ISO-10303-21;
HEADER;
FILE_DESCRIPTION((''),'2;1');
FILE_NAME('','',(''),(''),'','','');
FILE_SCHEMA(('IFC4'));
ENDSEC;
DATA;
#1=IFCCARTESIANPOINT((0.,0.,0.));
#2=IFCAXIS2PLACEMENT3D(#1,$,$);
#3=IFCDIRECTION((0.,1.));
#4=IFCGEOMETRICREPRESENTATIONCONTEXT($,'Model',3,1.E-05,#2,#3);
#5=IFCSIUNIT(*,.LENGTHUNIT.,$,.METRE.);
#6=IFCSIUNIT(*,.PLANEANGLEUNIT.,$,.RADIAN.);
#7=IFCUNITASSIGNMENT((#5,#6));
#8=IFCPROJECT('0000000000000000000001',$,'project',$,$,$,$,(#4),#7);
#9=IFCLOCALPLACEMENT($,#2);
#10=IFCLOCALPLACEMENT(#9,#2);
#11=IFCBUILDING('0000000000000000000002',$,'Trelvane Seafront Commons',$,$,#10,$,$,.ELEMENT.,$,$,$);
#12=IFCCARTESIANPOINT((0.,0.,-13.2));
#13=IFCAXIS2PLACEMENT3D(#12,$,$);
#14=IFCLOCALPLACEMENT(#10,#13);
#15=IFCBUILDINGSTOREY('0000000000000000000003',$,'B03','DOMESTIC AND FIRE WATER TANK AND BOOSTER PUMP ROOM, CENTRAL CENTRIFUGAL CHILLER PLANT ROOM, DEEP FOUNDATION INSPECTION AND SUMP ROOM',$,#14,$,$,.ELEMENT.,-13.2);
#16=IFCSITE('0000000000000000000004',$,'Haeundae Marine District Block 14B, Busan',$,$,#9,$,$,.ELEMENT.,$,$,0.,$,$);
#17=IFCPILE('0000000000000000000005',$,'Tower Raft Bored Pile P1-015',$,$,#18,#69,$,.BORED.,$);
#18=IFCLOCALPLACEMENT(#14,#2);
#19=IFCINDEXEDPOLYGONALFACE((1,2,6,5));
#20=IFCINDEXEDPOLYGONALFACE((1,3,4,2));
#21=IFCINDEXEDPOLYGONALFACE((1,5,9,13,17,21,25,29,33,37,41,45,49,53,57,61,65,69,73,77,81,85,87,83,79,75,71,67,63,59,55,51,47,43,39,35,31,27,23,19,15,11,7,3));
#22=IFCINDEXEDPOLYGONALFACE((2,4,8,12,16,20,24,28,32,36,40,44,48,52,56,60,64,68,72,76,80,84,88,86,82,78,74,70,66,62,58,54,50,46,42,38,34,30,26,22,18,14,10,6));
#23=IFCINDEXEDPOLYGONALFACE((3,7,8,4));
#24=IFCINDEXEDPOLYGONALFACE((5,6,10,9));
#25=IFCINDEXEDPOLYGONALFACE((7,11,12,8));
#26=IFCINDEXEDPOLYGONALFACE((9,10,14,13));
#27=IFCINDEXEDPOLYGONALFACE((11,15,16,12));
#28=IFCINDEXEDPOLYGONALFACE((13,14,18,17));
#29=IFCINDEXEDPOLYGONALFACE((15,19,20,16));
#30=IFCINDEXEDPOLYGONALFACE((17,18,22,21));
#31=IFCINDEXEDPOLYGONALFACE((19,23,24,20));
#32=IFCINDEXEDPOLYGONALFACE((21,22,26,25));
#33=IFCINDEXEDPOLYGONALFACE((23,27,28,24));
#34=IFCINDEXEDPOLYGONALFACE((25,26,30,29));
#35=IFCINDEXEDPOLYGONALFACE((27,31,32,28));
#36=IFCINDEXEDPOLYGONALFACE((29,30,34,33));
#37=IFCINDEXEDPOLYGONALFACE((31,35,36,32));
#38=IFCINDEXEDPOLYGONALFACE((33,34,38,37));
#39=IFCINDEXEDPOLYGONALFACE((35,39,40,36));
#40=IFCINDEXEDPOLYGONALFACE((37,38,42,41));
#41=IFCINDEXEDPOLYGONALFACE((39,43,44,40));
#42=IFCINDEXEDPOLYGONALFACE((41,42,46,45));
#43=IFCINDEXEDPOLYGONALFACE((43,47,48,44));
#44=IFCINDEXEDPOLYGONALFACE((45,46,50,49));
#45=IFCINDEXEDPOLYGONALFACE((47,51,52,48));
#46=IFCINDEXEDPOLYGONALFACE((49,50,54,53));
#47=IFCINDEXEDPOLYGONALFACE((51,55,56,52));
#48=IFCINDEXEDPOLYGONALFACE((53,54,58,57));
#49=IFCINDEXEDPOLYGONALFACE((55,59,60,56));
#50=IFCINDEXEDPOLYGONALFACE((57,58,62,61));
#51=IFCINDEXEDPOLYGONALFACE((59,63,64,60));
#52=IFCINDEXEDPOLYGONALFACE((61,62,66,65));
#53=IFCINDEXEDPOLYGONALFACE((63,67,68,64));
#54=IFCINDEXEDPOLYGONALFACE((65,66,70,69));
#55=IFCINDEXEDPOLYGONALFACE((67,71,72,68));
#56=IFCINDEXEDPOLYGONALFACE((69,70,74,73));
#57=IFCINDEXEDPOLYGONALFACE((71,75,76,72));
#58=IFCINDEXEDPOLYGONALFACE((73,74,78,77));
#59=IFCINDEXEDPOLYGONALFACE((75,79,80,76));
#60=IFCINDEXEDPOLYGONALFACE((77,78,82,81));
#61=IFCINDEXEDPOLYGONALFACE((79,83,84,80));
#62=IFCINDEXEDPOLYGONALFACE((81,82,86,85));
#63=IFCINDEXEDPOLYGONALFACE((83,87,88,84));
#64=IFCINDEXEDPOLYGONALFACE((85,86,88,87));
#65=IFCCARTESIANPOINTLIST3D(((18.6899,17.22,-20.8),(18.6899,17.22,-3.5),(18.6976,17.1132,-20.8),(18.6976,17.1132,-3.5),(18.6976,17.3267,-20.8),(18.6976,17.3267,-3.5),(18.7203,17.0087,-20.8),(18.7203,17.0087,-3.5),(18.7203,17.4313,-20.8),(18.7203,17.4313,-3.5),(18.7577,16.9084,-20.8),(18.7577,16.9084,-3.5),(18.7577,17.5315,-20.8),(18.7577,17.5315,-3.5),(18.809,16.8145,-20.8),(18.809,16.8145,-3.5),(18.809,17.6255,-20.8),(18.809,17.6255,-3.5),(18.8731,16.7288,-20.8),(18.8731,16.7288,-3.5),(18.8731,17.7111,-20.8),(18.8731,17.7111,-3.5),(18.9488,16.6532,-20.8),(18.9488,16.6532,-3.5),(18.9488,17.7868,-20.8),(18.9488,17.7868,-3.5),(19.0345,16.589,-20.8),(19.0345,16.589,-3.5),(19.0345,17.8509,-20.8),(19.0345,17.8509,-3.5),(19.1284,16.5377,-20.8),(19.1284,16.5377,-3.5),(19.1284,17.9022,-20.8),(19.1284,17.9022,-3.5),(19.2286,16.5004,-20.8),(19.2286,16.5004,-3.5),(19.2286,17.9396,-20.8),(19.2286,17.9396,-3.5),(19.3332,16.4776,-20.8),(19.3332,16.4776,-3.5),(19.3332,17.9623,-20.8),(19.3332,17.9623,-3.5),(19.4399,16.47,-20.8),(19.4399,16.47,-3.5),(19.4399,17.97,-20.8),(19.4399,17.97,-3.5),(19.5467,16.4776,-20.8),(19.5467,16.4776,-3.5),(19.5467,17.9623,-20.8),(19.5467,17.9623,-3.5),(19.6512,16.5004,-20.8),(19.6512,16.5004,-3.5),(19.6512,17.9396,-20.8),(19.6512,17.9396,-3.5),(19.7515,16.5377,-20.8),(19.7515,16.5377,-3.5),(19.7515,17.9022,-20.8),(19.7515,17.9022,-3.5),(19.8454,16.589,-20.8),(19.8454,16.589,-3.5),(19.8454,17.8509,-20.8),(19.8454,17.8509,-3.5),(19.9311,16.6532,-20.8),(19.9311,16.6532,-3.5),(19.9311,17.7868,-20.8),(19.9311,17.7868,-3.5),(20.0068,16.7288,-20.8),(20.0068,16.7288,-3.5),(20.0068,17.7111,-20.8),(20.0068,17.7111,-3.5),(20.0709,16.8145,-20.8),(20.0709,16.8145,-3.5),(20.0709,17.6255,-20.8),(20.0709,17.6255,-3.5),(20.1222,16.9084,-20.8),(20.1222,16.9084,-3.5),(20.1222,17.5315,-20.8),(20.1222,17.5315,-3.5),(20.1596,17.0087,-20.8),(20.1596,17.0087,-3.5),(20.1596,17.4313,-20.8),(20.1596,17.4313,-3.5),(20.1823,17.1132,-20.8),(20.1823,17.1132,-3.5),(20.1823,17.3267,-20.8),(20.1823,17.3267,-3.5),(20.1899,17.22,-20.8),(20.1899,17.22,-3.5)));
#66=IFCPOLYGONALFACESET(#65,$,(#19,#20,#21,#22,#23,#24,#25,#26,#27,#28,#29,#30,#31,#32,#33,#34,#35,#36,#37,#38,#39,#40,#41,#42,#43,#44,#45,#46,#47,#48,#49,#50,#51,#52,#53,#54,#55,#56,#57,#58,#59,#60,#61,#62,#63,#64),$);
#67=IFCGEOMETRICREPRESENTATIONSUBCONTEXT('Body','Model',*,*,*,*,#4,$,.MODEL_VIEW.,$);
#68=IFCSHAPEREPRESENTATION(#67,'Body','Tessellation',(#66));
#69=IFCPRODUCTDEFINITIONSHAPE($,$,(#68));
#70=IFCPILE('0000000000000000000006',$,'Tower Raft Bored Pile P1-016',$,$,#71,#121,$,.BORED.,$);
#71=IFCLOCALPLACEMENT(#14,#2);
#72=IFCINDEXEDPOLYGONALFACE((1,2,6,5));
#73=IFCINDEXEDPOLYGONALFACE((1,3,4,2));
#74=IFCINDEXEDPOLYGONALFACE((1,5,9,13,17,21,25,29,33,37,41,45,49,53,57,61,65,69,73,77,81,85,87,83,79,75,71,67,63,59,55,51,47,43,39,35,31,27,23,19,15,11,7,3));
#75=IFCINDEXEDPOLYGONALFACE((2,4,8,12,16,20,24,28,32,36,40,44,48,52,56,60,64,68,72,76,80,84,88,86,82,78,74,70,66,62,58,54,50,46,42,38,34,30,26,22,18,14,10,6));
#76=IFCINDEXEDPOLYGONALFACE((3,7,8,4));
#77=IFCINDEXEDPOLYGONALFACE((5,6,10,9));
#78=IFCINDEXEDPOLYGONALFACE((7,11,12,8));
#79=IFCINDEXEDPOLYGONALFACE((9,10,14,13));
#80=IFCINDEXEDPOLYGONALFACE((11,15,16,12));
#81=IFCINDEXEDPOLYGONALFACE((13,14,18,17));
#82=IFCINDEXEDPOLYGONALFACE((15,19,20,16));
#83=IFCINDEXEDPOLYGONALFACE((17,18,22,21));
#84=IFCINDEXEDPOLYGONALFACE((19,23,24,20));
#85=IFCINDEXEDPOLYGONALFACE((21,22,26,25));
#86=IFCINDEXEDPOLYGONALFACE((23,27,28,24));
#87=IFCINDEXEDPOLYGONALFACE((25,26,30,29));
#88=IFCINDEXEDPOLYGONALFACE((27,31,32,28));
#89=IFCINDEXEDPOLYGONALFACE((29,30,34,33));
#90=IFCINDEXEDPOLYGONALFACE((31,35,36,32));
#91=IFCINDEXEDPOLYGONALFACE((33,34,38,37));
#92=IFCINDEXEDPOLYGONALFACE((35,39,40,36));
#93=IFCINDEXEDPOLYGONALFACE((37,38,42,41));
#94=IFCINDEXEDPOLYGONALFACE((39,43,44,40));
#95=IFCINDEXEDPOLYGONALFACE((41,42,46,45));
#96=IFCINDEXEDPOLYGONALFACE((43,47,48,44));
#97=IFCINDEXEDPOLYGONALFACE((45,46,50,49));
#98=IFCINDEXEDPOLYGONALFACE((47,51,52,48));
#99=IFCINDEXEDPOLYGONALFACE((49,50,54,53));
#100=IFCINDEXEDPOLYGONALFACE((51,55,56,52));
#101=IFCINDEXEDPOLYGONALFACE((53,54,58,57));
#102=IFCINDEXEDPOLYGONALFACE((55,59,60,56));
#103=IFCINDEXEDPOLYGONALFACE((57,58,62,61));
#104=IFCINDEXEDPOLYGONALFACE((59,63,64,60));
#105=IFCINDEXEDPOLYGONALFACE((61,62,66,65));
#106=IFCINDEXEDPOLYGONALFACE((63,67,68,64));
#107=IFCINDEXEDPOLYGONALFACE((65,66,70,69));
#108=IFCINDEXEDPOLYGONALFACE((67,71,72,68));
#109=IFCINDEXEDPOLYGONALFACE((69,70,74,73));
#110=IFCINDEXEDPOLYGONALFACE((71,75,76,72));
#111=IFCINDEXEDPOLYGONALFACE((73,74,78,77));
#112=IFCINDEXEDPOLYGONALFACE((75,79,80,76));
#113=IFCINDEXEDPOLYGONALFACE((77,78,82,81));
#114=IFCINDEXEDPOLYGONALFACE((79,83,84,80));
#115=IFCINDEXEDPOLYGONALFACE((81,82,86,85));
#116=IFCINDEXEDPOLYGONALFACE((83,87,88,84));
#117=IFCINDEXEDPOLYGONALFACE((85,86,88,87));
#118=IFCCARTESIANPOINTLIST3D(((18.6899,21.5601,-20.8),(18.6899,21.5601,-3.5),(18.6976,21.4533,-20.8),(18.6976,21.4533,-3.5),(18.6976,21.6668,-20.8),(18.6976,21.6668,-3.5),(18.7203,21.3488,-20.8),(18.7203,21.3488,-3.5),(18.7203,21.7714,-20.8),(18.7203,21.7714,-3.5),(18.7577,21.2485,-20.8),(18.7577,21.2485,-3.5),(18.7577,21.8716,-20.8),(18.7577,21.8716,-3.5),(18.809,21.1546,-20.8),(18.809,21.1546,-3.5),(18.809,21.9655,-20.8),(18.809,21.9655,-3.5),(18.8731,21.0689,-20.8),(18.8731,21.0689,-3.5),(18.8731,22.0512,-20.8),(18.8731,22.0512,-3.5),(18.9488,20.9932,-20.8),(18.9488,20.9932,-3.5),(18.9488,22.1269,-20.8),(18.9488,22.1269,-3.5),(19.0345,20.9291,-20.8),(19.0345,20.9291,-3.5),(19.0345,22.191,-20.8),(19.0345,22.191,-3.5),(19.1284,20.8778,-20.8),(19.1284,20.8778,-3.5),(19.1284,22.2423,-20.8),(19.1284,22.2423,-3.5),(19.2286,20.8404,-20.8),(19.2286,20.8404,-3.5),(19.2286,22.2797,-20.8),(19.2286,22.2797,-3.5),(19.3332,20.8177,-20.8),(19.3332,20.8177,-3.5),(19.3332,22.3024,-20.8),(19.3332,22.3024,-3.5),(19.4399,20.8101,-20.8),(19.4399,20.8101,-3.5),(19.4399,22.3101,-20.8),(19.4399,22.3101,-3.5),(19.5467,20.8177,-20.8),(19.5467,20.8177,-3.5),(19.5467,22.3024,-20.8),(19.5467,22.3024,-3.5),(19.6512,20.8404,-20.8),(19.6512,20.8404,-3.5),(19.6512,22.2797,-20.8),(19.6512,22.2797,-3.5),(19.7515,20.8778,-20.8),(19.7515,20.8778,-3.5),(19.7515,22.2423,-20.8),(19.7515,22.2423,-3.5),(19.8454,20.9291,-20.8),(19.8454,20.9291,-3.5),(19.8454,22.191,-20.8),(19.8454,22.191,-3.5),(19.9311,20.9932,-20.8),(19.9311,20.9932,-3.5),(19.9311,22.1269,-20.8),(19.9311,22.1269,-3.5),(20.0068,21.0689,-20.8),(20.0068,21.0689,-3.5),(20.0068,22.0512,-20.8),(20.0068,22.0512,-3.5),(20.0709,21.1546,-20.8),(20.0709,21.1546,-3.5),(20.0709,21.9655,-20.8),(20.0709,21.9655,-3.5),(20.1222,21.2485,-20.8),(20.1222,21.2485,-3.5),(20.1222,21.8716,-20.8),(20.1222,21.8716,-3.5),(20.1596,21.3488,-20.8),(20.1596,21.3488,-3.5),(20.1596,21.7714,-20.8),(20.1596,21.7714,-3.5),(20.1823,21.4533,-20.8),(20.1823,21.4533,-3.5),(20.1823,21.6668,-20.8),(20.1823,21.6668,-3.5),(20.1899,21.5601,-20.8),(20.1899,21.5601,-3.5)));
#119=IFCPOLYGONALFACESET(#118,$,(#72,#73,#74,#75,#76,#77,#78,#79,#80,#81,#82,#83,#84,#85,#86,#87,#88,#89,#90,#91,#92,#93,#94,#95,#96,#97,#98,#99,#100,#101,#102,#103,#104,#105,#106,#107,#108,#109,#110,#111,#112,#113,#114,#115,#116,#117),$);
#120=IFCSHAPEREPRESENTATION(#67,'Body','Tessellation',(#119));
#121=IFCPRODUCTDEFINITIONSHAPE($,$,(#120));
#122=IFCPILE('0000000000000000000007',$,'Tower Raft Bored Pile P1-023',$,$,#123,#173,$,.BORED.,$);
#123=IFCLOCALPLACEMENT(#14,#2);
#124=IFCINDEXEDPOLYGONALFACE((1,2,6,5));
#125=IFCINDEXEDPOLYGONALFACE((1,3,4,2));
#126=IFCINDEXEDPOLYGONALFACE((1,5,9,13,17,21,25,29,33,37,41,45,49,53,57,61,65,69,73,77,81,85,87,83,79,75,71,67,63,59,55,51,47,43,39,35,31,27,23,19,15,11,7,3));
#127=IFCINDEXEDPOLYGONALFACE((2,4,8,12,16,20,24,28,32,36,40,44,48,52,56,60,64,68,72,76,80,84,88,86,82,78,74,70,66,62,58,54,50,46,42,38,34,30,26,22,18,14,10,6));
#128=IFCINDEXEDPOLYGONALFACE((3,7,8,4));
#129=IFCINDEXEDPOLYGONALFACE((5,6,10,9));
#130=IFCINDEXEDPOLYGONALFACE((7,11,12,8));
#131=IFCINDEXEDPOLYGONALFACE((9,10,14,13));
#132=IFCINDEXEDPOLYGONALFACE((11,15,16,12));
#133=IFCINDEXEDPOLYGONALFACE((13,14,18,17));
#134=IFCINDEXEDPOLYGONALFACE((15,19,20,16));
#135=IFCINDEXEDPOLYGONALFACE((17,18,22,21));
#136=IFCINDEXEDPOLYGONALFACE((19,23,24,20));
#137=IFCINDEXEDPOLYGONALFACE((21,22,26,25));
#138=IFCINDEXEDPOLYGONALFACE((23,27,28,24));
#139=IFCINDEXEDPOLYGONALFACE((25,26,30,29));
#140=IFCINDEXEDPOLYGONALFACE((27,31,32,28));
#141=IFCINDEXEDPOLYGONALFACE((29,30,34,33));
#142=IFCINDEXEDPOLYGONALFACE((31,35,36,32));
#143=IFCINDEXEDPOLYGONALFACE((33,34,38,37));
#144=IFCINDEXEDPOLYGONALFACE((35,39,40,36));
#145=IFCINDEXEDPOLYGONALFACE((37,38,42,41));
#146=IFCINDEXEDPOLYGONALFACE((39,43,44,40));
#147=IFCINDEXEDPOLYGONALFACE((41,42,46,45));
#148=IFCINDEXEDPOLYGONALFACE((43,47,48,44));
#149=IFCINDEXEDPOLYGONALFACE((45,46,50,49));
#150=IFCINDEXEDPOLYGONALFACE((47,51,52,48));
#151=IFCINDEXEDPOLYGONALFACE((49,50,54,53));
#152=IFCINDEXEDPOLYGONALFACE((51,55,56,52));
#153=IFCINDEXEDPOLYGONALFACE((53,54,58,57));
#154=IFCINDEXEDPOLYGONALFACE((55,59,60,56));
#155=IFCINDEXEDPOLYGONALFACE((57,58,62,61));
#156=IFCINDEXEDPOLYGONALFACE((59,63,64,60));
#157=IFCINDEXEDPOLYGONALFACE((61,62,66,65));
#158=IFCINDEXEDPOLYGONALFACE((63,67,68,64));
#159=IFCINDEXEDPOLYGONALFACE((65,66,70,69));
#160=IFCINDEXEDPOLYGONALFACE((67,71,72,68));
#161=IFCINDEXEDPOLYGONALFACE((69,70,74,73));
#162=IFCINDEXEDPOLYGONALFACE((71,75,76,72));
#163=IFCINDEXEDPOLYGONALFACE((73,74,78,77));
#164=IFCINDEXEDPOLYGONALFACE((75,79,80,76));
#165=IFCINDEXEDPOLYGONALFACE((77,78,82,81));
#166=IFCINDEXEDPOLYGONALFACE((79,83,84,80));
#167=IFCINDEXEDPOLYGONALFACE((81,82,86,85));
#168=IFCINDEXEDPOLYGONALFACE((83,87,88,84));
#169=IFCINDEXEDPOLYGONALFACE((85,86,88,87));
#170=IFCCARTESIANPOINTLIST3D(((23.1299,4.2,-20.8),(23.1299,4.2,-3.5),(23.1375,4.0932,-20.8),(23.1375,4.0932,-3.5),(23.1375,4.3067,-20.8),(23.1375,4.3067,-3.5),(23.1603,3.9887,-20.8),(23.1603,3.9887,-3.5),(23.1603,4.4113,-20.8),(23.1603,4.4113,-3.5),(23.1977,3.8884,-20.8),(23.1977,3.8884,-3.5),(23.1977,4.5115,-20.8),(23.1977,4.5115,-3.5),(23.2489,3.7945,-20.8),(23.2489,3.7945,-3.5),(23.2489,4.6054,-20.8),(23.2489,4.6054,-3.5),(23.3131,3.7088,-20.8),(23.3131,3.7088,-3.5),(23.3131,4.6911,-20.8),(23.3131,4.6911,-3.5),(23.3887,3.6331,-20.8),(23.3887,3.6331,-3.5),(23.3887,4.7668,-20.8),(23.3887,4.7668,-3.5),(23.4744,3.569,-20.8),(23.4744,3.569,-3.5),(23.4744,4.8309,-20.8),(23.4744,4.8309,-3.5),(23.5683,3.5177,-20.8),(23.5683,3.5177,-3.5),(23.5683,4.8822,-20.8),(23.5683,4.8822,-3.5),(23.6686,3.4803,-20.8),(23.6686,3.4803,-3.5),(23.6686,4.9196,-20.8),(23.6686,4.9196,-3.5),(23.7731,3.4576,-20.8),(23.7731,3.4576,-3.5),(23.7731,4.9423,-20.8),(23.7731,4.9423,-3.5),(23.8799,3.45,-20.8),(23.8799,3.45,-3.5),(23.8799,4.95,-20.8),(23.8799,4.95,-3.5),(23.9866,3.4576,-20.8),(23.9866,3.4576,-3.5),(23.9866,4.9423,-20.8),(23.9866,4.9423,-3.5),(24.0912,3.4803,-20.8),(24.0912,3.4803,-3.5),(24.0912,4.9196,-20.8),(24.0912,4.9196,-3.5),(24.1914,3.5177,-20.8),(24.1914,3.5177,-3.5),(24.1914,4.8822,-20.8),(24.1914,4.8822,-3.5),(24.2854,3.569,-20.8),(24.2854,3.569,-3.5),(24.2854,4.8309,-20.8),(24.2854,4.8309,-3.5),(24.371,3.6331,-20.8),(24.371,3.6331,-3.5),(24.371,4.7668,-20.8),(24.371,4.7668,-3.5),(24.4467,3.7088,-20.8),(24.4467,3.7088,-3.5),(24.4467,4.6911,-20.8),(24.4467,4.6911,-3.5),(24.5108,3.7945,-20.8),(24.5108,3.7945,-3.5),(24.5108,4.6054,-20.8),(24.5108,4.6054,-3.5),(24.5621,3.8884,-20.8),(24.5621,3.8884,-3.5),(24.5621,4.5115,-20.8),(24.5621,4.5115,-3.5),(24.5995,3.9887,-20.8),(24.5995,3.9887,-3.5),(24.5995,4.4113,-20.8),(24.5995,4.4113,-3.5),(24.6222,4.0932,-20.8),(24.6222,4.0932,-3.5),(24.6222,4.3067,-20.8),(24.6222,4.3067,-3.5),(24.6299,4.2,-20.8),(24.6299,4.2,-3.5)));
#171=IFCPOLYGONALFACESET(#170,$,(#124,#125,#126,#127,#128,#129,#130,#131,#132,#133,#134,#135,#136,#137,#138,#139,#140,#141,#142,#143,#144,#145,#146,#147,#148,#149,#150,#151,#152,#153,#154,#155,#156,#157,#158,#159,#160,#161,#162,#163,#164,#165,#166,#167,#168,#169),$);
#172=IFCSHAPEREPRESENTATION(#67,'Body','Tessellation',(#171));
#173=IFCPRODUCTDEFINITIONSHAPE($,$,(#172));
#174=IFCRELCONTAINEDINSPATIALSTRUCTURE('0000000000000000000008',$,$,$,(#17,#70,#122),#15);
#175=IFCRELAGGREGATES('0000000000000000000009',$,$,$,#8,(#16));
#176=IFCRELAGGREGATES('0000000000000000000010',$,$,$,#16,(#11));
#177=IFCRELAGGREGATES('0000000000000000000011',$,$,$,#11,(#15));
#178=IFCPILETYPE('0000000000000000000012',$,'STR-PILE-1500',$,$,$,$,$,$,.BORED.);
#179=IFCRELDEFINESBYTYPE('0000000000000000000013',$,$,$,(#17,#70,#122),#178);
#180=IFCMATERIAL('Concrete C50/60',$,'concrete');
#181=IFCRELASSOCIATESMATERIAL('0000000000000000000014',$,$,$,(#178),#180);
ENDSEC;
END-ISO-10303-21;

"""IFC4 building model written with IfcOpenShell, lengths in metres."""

from ifc_helpers import new_model, si_unit, direction, frame, origin, origin_2d, place, context, subcontext, project, spatial, circle, extrude, source, transform, mapped, material, material_profile, profile_set, type_object, element, save


model = new_model("IFC4")

# Units and contexts
model_context = context("Model", 3, precision=1e-05, world=origin(), true_north=direction((0.0, 1.0)))
body_context = subcontext(model_context, "Body", "Model", "MODEL_VIEW")
ifc_project = project(units=[si_unit("LENGTHUNIT", "METRE"), si_unit("PLANEANGLEUNIT", "RADIAN")], contexts=[model_context])

# Site, building, storey
site_placement = place(None, origin())
site = spatial("IfcSite", under=ifc_project, at=site_placement, Name="Haeundae Marine District Block 14B, Busan", CompositionType="ELEMENT", RefElevation=0.0)
building_placement = place(site_placement, origin())
building = spatial("IfcBuilding", under=site, at=building_placement, Name="Trelvane Seafront Commons", CompositionType="ELEMENT")
storey_placement = place(building_placement, frame((0.0, 0.0, -13.2)))
storey = spatial("IfcBuildingStorey", under=building, at=storey_placement, Name="B03", Description="DOMESTIC AND FIRE WATER TANK AND BOOSTER PUMP ROOM, CENTRAL CENTRIFUGAL CHILLER PLANT ROOM, DEEP FOUNDATION INSPECTION AND SUMP ROOM", CompositionType="ELEMENT", Elevation=-13.2)

# Piles
ifc_material_1 = material(Name="Concrete C50/60", Category="concrete")
ifc_material_profile_1 = material_profile(ifc_material_1, circle(Radius=0.75, at=origin_2d()), Name="PILE-1500")
ifc_profile_set_1 = profile_set([ifc_material_profile_1], Name="Concrete C50/60")
pile_type = type_object("IfcPileType", Name="STR-PILE-1500", PredefinedType="BORED", material=ifc_profile_set_1)
shared_shape_1 = source(origin(), body_context, "Body", "SweptSolid", [
    extrude(circle(Radius=0.75, at=origin_2d()), origin(), (0.0, 0.0, 1.0), 17.3),
])
for number, where, z_axis, x_axis, name in (
    (1, (19.4399, 17.22, -3.5), (0.0, 0.0, -1.0), (1.0, 0.0, 0.0), "Tower Raft Bored Pile P1-015"),
    (2, (19.4399, 21.5601, -3.5), (0.0, 0.0, -1.0), (1.0, 0.0, 0.0), "Tower Raft Bored Pile P1-016"),
    (3, (23.8799, 4.2, -3.5), (0.0, 0.0, -1.0), (1.0, 0.0, 0.0), "Tower Raft Bored Pile P1-023"),
):
    element("IfcPile", number, at=place(storey_placement, frame(where, z_axis=z_axis, x_axis=x_axis)), inside=storey, type_object=pile_type, Name=name, PredefinedType="BORED", context=body_context, shape_type="MappedRepresentation", body=[
        mapped(shared_shape_1, transform((0.0, 0.0, 0.0), x_axis=(1.0, 0.0, 0.0), y_axis=(0.0, 1.0, 0.0), z_axis=(0.0, 0.0, 1.0), scale=1.0)),
    ])

save(model, "model.ifc")
